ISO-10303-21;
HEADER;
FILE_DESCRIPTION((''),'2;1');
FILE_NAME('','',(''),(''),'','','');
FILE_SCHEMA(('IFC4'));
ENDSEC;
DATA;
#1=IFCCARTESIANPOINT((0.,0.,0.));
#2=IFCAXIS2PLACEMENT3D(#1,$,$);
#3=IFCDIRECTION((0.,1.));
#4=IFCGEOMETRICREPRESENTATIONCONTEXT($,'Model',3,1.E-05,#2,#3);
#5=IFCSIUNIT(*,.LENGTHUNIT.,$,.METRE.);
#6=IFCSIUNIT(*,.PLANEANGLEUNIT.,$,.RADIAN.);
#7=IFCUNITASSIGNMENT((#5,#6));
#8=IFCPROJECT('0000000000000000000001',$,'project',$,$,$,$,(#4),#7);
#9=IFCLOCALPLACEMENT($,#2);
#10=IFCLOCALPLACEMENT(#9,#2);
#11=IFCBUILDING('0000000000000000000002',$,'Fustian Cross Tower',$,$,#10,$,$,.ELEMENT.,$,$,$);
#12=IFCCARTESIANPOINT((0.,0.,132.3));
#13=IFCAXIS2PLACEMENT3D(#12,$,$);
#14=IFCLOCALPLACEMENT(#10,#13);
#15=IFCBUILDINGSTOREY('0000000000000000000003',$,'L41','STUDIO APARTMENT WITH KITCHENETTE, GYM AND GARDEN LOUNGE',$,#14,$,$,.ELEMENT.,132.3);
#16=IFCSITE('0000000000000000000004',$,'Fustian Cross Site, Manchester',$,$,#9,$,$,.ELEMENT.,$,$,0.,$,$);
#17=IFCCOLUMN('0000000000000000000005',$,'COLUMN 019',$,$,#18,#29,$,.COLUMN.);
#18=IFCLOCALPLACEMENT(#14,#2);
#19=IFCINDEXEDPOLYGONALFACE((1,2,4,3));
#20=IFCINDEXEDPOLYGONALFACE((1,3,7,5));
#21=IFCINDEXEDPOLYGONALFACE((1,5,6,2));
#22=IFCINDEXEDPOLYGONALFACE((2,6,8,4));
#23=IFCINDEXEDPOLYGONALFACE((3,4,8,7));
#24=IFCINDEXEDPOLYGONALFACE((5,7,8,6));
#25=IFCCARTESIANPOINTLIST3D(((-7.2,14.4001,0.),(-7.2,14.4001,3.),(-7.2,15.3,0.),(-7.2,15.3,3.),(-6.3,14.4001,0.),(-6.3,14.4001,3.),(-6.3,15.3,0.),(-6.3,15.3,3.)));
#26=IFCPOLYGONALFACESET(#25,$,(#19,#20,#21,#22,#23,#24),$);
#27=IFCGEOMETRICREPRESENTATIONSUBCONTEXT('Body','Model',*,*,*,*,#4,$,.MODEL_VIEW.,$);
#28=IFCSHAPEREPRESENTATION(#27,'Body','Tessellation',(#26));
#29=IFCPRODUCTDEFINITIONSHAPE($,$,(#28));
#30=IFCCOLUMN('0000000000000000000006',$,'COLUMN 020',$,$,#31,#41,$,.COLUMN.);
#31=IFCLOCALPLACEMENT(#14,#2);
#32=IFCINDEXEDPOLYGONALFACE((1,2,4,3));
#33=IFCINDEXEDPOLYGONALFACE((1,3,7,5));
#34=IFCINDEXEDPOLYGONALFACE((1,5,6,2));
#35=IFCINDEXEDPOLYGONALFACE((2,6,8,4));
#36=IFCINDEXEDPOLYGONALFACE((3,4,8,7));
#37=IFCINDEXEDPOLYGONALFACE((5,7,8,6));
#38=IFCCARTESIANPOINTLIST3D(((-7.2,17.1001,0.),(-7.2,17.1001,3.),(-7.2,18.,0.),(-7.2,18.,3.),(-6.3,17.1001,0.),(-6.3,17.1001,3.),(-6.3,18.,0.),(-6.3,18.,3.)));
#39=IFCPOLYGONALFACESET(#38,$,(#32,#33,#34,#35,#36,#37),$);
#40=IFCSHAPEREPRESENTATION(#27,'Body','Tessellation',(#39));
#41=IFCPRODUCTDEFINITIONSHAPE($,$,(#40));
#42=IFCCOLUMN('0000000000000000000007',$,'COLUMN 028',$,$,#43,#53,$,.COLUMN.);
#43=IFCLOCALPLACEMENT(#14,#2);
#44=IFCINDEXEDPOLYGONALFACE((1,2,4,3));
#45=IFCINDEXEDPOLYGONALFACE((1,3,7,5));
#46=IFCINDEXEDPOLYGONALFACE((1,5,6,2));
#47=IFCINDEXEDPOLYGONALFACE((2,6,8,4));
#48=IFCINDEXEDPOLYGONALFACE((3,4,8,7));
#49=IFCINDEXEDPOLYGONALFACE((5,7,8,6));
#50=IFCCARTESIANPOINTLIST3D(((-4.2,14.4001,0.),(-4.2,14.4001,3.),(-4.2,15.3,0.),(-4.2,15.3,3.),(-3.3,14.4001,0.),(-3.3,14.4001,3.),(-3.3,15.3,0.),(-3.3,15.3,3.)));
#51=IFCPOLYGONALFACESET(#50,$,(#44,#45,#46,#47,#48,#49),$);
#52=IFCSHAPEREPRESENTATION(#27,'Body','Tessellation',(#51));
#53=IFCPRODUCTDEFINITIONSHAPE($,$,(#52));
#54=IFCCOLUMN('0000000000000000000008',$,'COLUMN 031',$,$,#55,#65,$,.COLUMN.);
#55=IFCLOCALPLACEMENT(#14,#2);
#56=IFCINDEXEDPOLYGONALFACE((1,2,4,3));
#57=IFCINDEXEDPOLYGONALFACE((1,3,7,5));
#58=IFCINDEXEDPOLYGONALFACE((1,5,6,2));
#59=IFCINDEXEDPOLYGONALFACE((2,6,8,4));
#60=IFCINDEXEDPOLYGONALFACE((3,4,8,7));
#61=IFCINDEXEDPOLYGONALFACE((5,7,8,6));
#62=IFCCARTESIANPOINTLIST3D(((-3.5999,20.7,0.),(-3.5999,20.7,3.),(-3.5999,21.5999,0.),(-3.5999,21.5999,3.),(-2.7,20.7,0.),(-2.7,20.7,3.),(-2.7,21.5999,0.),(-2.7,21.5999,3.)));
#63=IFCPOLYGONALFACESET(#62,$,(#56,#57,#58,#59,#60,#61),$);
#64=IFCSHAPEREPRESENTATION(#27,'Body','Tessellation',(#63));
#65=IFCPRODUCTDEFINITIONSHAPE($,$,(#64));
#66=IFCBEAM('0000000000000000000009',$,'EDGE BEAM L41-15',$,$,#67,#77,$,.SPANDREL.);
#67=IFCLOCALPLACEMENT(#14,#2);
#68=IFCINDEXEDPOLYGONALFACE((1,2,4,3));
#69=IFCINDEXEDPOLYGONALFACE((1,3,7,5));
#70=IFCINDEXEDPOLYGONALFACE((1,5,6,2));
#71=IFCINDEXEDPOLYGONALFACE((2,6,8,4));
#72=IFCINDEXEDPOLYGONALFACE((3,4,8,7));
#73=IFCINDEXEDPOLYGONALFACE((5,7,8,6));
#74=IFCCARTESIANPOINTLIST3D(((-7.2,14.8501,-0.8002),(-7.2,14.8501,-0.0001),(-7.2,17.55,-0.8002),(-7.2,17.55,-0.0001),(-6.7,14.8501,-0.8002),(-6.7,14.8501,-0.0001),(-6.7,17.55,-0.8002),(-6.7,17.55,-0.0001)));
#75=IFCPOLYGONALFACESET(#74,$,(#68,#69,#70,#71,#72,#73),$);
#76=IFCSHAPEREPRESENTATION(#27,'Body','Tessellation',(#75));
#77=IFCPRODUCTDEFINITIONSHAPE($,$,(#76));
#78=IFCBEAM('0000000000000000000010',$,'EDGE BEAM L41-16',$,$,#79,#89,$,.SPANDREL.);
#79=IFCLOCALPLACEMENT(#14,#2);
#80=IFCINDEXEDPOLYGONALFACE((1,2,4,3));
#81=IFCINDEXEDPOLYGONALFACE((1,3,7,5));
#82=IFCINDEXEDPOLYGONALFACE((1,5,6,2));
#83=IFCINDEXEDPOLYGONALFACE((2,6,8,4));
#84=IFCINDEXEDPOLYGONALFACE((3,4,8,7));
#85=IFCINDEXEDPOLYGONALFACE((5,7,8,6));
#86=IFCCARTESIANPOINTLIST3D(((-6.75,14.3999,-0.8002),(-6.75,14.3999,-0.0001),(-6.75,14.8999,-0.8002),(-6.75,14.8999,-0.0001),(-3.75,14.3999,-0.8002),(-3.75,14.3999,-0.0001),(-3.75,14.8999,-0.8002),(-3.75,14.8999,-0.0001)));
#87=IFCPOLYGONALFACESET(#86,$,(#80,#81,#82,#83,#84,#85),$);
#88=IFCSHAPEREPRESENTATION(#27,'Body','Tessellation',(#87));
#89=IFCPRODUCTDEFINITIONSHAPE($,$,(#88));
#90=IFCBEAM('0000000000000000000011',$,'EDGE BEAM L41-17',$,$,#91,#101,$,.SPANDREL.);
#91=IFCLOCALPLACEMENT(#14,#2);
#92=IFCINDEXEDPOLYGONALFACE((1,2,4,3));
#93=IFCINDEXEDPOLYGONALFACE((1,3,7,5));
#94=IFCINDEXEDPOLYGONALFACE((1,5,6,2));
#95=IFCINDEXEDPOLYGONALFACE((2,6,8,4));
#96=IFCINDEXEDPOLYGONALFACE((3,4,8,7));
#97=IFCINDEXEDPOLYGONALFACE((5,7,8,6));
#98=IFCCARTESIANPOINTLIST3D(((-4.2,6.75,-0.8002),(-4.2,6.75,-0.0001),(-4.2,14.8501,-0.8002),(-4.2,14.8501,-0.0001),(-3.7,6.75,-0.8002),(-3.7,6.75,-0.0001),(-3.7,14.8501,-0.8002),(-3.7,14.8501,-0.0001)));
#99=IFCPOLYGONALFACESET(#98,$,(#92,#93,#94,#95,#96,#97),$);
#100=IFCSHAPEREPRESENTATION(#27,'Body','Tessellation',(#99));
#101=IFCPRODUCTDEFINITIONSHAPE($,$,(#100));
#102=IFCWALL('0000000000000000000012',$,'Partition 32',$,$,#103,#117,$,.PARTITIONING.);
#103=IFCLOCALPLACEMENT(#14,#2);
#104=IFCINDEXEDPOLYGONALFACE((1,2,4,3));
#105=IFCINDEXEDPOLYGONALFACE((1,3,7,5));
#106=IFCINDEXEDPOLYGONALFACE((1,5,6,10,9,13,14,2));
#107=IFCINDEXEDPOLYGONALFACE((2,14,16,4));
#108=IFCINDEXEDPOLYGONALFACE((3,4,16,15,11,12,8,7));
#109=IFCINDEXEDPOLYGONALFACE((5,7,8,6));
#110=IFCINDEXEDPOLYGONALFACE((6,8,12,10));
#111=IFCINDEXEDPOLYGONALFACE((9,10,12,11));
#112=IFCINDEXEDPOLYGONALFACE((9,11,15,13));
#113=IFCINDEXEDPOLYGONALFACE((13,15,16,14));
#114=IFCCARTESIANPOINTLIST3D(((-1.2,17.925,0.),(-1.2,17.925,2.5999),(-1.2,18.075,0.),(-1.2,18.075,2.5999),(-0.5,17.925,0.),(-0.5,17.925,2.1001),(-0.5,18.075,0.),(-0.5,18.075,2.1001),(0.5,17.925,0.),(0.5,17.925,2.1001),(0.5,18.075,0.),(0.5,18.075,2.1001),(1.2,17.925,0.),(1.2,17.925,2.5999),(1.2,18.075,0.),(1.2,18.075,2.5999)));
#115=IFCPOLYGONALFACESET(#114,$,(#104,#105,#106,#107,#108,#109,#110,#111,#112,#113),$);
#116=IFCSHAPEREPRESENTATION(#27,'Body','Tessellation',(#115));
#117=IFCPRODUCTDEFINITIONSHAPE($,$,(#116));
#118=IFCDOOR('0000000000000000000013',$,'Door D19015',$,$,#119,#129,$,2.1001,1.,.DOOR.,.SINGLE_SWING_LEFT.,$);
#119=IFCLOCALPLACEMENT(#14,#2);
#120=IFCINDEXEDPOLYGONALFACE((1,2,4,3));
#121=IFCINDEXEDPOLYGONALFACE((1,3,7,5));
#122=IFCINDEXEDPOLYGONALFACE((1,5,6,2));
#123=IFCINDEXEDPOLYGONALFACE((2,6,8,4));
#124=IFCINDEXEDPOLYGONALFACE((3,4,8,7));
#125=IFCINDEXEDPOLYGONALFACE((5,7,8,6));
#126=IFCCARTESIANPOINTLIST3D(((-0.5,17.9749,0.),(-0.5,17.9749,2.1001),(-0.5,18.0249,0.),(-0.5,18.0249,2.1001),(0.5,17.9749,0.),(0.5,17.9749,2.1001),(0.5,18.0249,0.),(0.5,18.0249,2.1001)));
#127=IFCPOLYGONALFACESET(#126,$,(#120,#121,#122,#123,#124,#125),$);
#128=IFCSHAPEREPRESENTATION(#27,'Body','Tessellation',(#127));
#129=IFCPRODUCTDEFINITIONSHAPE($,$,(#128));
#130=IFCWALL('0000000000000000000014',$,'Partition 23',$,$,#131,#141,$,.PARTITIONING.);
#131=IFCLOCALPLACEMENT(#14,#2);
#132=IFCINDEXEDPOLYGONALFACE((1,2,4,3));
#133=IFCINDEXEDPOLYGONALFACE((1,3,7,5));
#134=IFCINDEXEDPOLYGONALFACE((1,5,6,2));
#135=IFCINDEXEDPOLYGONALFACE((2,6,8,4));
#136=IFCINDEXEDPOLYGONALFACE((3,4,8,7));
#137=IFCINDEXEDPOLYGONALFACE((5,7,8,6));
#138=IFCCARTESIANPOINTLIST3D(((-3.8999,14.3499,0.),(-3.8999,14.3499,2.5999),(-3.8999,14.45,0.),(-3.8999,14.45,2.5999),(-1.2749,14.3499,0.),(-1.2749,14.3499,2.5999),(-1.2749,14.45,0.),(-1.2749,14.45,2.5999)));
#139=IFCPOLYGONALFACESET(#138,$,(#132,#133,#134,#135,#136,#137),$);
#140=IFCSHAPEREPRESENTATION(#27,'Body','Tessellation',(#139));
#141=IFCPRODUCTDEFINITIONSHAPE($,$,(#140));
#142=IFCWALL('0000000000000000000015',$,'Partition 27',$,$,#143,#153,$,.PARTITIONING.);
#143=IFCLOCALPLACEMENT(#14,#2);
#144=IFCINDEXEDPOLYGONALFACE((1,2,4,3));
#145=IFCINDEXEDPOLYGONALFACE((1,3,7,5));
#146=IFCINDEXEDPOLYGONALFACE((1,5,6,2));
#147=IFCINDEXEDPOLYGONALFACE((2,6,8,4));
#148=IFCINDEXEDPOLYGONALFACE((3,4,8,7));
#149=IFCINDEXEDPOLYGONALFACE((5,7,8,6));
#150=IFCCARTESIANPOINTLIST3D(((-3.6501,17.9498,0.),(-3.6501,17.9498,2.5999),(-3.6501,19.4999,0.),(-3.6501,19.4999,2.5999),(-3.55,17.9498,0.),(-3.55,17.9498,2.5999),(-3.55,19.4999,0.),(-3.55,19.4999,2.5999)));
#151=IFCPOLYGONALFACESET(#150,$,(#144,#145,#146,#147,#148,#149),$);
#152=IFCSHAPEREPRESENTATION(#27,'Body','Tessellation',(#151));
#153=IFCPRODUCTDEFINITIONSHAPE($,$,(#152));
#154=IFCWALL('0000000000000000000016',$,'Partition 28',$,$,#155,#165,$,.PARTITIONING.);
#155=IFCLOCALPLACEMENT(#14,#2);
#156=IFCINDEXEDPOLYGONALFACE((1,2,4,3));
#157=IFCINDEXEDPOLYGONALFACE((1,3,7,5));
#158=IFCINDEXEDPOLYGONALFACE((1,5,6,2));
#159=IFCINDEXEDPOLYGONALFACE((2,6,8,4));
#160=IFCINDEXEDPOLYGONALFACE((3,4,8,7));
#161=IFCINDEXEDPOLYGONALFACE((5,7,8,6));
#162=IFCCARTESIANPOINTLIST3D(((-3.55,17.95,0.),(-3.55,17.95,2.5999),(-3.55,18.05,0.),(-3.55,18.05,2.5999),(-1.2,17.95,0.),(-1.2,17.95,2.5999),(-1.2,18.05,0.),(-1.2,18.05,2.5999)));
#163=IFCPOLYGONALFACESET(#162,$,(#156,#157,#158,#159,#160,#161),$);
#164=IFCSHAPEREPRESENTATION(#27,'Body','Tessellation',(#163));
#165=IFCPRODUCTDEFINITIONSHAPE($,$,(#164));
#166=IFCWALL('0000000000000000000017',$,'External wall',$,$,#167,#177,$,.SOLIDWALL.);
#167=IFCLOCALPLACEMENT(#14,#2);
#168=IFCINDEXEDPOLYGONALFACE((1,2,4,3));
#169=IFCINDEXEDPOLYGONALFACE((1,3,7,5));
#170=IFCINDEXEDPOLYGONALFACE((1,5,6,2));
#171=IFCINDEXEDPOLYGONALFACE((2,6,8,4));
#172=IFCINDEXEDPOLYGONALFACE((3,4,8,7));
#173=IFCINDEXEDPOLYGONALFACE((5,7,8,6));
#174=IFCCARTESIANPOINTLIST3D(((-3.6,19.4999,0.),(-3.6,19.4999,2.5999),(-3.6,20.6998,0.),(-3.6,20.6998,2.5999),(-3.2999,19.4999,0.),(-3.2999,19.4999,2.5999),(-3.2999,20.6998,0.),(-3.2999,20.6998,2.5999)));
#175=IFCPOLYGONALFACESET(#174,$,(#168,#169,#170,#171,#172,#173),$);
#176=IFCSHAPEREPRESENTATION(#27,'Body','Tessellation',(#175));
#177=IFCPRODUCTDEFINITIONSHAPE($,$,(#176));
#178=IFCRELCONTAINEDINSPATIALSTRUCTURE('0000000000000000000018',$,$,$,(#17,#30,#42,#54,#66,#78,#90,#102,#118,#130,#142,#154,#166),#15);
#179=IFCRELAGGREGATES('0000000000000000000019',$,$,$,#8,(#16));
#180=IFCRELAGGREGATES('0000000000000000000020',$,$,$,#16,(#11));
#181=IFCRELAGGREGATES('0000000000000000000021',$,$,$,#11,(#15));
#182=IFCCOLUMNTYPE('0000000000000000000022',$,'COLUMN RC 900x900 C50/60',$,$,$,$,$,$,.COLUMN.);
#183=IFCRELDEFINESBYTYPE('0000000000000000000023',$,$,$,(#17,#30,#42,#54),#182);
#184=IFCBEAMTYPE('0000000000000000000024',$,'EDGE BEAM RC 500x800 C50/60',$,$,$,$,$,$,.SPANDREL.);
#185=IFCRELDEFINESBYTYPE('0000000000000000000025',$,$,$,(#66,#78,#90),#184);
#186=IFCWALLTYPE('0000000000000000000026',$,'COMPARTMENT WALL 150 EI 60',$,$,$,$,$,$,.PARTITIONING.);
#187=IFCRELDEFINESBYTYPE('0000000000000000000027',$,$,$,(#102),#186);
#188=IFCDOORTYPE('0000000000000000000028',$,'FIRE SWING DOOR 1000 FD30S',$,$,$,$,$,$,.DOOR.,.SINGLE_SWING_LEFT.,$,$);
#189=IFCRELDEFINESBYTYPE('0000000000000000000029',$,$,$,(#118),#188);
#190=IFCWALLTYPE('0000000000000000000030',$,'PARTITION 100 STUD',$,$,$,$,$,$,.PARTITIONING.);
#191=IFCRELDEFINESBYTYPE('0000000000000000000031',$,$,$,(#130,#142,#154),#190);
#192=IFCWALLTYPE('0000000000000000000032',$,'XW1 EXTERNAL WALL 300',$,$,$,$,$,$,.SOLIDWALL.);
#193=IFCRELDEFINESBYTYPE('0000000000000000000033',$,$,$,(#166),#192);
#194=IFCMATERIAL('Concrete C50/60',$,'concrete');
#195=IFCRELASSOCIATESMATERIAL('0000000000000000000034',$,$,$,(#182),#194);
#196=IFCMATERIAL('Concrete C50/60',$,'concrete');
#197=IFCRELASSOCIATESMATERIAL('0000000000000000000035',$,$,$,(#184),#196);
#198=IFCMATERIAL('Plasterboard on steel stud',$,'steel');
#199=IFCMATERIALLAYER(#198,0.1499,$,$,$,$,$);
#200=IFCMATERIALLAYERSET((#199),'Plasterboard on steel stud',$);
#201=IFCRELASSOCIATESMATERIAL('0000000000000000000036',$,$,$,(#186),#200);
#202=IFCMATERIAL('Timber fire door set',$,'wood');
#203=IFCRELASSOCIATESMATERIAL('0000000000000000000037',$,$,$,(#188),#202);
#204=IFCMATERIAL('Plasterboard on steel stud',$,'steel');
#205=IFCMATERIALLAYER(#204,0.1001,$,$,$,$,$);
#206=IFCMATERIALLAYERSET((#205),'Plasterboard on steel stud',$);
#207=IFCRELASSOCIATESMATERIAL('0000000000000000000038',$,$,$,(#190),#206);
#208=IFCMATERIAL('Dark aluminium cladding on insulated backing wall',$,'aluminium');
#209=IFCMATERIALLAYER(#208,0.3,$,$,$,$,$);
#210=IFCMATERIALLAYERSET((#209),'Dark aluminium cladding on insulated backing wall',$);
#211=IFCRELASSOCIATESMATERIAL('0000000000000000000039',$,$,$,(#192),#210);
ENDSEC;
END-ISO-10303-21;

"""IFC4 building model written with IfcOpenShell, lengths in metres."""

from ifc_helpers import new_model, si_unit, direction, frame, frame_2d, origin, origin_2d, place, context, subcontext, project, spatial, rectangle, extrude, material, layer, layer_set, material_profile, profile_set, type_object, element, fill, save


model = new_model("IFC4")

# Units and contexts
model_context = context("Model", 3, precision=1e-05, world=origin(), true_north=direction((0.0, 1.0)))
body_context = subcontext(model_context, "Body", "Model", "MODEL_VIEW")
ifc_project = project(units=[si_unit("LENGTHUNIT", "METRE"), si_unit("PLANEANGLEUNIT", "RADIAN")], contexts=[model_context])

# Site, building, storey
site_placement = place(None, origin())
site = spatial("IfcSite", under=ifc_project, at=site_placement, Name="Fustian Cross Site, Manchester", CompositionType="ELEMENT", RefElevation=0.0)
building_placement = place(site_placement, origin())
building = spatial("IfcBuilding", under=site, at=building_placement, Name="Fustian Cross Tower", CompositionType="ELEMENT")
storey_placement = place(building_placement, frame((0.0, 0.0, 132.3)))
storey = spatial("IfcBuildingStorey", under=building, at=storey_placement, Name="L41", Description="STUDIO APARTMENT WITH KITCHENETTE, GYM AND GARDEN LOUNGE", CompositionType="ELEMENT", Elevation=132.3)

# Columns
ifc_material_1 = material(Name="Concrete C50/60", Category="concrete")
ifc_material_profile_1 = material_profile(ifc_material_1, rectangle(XDim=0.8999, YDim=0.8999, at=origin_2d()), Name="RC 900x900")
ifc_profile_set_1 = profile_set([ifc_material_profile_1], Name="Concrete C50/60")
column_type = type_object("IfcColumnType", Name="COLUMN RC 900x900 C50/60", PredefinedType="COLUMN", material=ifc_profile_set_1)
for number, where, z_axis, x_axis, name in (
    (1, (-6.75, 14.8501, 0.0), (0.0, 0.0, 1.0), (1.0, 0.0, 0.0), "COLUMN 019"),
    (2, (-6.75, 17.55, 0.0), (0.0, 0.0, 1.0), (1.0, 0.0, 0.0), "COLUMN 020"),
    (3, (-3.75, 14.8501, 0.0), (0.0, 0.0, 1.0), (1.0, 0.0, 0.0), "COLUMN 028"),
    (4, (-3.1499, 21.1499, 0.0), (0.0, 0.0, 1.0), (1.0, 0.0, 0.0), "COLUMN 031"),
):
    element("IfcColumn", number, at=place(storey_placement, frame(where, z_axis=z_axis, x_axis=x_axis)), inside=storey, type_object=column_type, Name=name, PredefinedType="COLUMN", context=body_context, shape_type="SweptSolid", body=[
        extrude(rectangle(XDim=0.8999, YDim=0.8999, at=origin_2d()), origin(), (0.0, 0.0, 1.0), 3.0),
    ])

# Beams
ifc_material_2 = material(Name="Concrete C50/60", Category="concrete")
ifc_material_profile_2 = material_profile(ifc_material_2, rectangle(XDim=0.5, YDim=0.8, at=origin_2d()), Name="RC 500x800")
ifc_profile_set_2 = profile_set([ifc_material_profile_2], Name="Concrete C50/60")
beam_type = type_object("IfcBeamType", Name="EDGE BEAM RC 500x800 C50/60", PredefinedType="SPANDREL", material=ifc_profile_set_2)
beam_1_placement = place(storey_placement, frame((-6.95, 17.55, -0.4001), z_axis=(0.0, -1.0, 0.0), x_axis=(1.0, 0.0, 0.0)))
element("IfcBeam", 5, at=beam_1_placement, inside=storey, type_object=beam_type, Name="EDGE BEAM L41-15", PredefinedType="SPANDREL", context=body_context, shape_type="SweptSolid", body=[
    extrude(rectangle(XDim=0.5, YDim=0.8, at=origin_2d()), origin(), (0.0, 0.0, 1.0), 2.7),
])
beam_2_placement = place(storey_placement, frame((-6.75, 14.6499, -0.4001), z_axis=(1.0, 0.0, 0.0), x_axis=(0.0, 1.0, 0.0)))
element("IfcBeam", 6, at=beam_2_placement, inside=storey, type_object=beam_type, Name="EDGE BEAM L41-16", PredefinedType="SPANDREL", context=body_context, shape_type="SweptSolid", body=[
    extrude(rectangle(XDim=0.5, YDim=0.8, at=origin_2d()), origin(), (0.0, 0.0, 1.0), 3.0),
])
beam_3_placement = place(storey_placement, frame((-3.95, 14.8501, -0.4001), z_axis=(0.0, -1.0, 0.0), x_axis=(1.0, 0.0, 0.0)))
element("IfcBeam", 7, at=beam_3_placement, inside=storey, type_object=beam_type, Name="EDGE BEAM L41-17", PredefinedType="SPANDREL", context=body_context, shape_type="SweptSolid", body=[
    extrude(rectangle(XDim=0.5, YDim=0.8, at=origin_2d()), origin(), (0.0, 0.0, 1.0), 8.1001),
])

# Wall, opening, door
ifc_material_3 = material(Name="Plasterboard on steel stud", Category="steel")
ifc_layer_1 = layer(ifc_material_3, 0.1499)
ifc_layer_set_1 = layer_set([ifc_layer_1], Name="Plasterboard on steel stud")
wall_type_1 = type_object("IfcWallType", Name="COMPARTMENT WALL 150 EI 60", PredefinedType="PARTITIONING", material=ifc_layer_set_1)
wall_1_placement = place(storey_placement, frame((-1.2, 18.0, 0.0), z_axis=(0.0, 0.0, 1.0), x_axis=(1.0, 0.0, 0.0)))
wall_1 = element("IfcWall", 8, at=wall_1_placement, inside=storey, type_object=wall_type_1, Name="Partition 32", PredefinedType="PARTITIONING", context=body_context, shape_type="SweptSolid", body=[
    extrude(rectangle(XDim=2.3999, YDim=0.1499, at=frame_2d((1.2, 0.0))), origin(), (0.0, 0.0, 1.0), 2.5999),
])
opening_1_placement = place(wall_1_placement, frame((0.7, 0.0, 0.0)))
opening_1 = element("IfcOpeningElement", 9, at=opening_1_placement, cuts=wall_1, PredefinedType="OPENING", context=body_context, shape_type="SweptSolid", body=[
    extrude(rectangle(XDim=1.0, YDim=2.1001, at=frame_2d((0.5, 1.05))), frame((0.0, 0.085, 0.0), z_axis=(0.0, -1.0, 0.0), x_axis=(1.0, 0.0, 0.0)), (0.0, 0.0, 1.0), 0.1699),
])
ifc_material_4 = material(Name="Timber fire door set", Category="wood")
door_type_1 = type_object("IfcDoorType", Name="FIRE SWING DOOR 1000 FD30S", OperationType="SINGLE_SWING_LEFT", PredefinedType="DOOR", material=ifc_material_4)
door_1_placement = place(opening_1_placement, origin())
door_1 = element("IfcDoor", 10, at=door_1_placement, inside=storey, type_object=door_type_1, Name="Door D19015", OperationType="SINGLE_SWING_LEFT", OverallHeight=2.1001, OverallWidth=1.0, PredefinedType="DOOR", context=body_context, shape_type="SweptSolid", body=[
    extrude(rectangle(XDim=1.0, YDim=2.1001, at=frame_2d((0.5, 1.05))), frame((0.0, 0.0249, 0.0), z_axis=(0.0, -1.0, 0.0), x_axis=(1.0, 0.0, 0.0)), (0.0, 0.0, 1.0), 0.05),
])
fill(opening_1, door_1)

# Walls
ifc_material_5 = material(Name="Plasterboard on steel stud", Category="steel")
ifc_layer_2 = layer(ifc_material_5, 0.1001)
ifc_layer_set_2 = layer_set([ifc_layer_2], Name="Plasterboard on steel stud")
wall_type_2 = type_object("IfcWallType", Name="PARTITION 100 STUD", PredefinedType="PARTITIONING", material=ifc_layer_set_2)
wall_2_placement = place(storey_placement, frame((-3.8999, 14.3999, 0.0), z_axis=(0.0, 0.0, 1.0), x_axis=(1.0, 0.0, 0.0)))
element("IfcWall", 11, at=wall_2_placement, inside=storey, type_object=wall_type_2, Name="Partition 23", PredefinedType="PARTITIONING", context=body_context, shape_type="SweptSolid", body=[
    extrude(rectangle(XDim=2.625, YDim=0.1001, at=frame_2d((1.3125, 0.0))), origin(), (0.0, 0.0, 1.0), 2.5999),
])
wall_3_placement = place(storey_placement, frame((-3.6001, 17.95, 0.0), z_axis=(0.0, 0.0, 1.0), x_axis=(0.0, 1.0, 0.0)))
element("IfcWall", 12, at=wall_3_placement, inside=storey, type_object=wall_type_2, Name="Partition 27", PredefinedType="PARTITIONING", context=body_context, shape_type="SweptSolid", body=[
    extrude(rectangle(XDim=1.55, YDim=0.1001, at=frame_2d((0.7749, 0.0))), origin(), (0.0, 0.0, 1.0), 2.5999),
])
wall_4_placement = place(storey_placement, frame((-3.55, 18.0, 0.0), z_axis=(0.0, 0.0, 1.0), x_axis=(1.0, 0.0, 0.0)))
element("IfcWall", 13, at=wall_4_placement, inside=storey, type_object=wall_type_2, Name="Partition 28", PredefinedType="PARTITIONING", context=body_context, shape_type="SweptSolid", body=[
    extrude(rectangle(XDim=2.3501, YDim=0.1001, at=frame_2d((1.175, 0.0))), origin(), (0.0, 0.0, 1.0), 2.5999),
])
ifc_material_6 = material(Name="Dark aluminium cladding on insulated backing wall", Category="aluminium")
ifc_layer_3 = layer(ifc_material_6, 0.3)
ifc_layer_set_3 = layer_set([ifc_layer_3], Name="Dark aluminium cladding on insulated backing wall")
wall_type_3 = type_object("IfcWallType", Name="XW1 EXTERNAL WALL 300", PredefinedType="SOLIDWALL", material=ifc_layer_set_3)
wall_5_placement = place(storey_placement, frame((-3.45, 20.7, 0.0), z_axis=(0.0, 0.0, 1.0), x_axis=(0.0, -1.0, 0.0)))
element("IfcWall", 14, at=wall_5_placement, inside=storey, type_object=wall_type_3, Name="External wall", PredefinedType="SOLIDWALL", context=body_context, shape_type="SweptSolid", body=[
    extrude(rectangle(XDim=1.2, YDim=0.3, at=frame_2d((0.6001, 0.0))), origin(), (0.0, 0.0, 1.0), 2.5999),
])

save(model, "model.ifc")
